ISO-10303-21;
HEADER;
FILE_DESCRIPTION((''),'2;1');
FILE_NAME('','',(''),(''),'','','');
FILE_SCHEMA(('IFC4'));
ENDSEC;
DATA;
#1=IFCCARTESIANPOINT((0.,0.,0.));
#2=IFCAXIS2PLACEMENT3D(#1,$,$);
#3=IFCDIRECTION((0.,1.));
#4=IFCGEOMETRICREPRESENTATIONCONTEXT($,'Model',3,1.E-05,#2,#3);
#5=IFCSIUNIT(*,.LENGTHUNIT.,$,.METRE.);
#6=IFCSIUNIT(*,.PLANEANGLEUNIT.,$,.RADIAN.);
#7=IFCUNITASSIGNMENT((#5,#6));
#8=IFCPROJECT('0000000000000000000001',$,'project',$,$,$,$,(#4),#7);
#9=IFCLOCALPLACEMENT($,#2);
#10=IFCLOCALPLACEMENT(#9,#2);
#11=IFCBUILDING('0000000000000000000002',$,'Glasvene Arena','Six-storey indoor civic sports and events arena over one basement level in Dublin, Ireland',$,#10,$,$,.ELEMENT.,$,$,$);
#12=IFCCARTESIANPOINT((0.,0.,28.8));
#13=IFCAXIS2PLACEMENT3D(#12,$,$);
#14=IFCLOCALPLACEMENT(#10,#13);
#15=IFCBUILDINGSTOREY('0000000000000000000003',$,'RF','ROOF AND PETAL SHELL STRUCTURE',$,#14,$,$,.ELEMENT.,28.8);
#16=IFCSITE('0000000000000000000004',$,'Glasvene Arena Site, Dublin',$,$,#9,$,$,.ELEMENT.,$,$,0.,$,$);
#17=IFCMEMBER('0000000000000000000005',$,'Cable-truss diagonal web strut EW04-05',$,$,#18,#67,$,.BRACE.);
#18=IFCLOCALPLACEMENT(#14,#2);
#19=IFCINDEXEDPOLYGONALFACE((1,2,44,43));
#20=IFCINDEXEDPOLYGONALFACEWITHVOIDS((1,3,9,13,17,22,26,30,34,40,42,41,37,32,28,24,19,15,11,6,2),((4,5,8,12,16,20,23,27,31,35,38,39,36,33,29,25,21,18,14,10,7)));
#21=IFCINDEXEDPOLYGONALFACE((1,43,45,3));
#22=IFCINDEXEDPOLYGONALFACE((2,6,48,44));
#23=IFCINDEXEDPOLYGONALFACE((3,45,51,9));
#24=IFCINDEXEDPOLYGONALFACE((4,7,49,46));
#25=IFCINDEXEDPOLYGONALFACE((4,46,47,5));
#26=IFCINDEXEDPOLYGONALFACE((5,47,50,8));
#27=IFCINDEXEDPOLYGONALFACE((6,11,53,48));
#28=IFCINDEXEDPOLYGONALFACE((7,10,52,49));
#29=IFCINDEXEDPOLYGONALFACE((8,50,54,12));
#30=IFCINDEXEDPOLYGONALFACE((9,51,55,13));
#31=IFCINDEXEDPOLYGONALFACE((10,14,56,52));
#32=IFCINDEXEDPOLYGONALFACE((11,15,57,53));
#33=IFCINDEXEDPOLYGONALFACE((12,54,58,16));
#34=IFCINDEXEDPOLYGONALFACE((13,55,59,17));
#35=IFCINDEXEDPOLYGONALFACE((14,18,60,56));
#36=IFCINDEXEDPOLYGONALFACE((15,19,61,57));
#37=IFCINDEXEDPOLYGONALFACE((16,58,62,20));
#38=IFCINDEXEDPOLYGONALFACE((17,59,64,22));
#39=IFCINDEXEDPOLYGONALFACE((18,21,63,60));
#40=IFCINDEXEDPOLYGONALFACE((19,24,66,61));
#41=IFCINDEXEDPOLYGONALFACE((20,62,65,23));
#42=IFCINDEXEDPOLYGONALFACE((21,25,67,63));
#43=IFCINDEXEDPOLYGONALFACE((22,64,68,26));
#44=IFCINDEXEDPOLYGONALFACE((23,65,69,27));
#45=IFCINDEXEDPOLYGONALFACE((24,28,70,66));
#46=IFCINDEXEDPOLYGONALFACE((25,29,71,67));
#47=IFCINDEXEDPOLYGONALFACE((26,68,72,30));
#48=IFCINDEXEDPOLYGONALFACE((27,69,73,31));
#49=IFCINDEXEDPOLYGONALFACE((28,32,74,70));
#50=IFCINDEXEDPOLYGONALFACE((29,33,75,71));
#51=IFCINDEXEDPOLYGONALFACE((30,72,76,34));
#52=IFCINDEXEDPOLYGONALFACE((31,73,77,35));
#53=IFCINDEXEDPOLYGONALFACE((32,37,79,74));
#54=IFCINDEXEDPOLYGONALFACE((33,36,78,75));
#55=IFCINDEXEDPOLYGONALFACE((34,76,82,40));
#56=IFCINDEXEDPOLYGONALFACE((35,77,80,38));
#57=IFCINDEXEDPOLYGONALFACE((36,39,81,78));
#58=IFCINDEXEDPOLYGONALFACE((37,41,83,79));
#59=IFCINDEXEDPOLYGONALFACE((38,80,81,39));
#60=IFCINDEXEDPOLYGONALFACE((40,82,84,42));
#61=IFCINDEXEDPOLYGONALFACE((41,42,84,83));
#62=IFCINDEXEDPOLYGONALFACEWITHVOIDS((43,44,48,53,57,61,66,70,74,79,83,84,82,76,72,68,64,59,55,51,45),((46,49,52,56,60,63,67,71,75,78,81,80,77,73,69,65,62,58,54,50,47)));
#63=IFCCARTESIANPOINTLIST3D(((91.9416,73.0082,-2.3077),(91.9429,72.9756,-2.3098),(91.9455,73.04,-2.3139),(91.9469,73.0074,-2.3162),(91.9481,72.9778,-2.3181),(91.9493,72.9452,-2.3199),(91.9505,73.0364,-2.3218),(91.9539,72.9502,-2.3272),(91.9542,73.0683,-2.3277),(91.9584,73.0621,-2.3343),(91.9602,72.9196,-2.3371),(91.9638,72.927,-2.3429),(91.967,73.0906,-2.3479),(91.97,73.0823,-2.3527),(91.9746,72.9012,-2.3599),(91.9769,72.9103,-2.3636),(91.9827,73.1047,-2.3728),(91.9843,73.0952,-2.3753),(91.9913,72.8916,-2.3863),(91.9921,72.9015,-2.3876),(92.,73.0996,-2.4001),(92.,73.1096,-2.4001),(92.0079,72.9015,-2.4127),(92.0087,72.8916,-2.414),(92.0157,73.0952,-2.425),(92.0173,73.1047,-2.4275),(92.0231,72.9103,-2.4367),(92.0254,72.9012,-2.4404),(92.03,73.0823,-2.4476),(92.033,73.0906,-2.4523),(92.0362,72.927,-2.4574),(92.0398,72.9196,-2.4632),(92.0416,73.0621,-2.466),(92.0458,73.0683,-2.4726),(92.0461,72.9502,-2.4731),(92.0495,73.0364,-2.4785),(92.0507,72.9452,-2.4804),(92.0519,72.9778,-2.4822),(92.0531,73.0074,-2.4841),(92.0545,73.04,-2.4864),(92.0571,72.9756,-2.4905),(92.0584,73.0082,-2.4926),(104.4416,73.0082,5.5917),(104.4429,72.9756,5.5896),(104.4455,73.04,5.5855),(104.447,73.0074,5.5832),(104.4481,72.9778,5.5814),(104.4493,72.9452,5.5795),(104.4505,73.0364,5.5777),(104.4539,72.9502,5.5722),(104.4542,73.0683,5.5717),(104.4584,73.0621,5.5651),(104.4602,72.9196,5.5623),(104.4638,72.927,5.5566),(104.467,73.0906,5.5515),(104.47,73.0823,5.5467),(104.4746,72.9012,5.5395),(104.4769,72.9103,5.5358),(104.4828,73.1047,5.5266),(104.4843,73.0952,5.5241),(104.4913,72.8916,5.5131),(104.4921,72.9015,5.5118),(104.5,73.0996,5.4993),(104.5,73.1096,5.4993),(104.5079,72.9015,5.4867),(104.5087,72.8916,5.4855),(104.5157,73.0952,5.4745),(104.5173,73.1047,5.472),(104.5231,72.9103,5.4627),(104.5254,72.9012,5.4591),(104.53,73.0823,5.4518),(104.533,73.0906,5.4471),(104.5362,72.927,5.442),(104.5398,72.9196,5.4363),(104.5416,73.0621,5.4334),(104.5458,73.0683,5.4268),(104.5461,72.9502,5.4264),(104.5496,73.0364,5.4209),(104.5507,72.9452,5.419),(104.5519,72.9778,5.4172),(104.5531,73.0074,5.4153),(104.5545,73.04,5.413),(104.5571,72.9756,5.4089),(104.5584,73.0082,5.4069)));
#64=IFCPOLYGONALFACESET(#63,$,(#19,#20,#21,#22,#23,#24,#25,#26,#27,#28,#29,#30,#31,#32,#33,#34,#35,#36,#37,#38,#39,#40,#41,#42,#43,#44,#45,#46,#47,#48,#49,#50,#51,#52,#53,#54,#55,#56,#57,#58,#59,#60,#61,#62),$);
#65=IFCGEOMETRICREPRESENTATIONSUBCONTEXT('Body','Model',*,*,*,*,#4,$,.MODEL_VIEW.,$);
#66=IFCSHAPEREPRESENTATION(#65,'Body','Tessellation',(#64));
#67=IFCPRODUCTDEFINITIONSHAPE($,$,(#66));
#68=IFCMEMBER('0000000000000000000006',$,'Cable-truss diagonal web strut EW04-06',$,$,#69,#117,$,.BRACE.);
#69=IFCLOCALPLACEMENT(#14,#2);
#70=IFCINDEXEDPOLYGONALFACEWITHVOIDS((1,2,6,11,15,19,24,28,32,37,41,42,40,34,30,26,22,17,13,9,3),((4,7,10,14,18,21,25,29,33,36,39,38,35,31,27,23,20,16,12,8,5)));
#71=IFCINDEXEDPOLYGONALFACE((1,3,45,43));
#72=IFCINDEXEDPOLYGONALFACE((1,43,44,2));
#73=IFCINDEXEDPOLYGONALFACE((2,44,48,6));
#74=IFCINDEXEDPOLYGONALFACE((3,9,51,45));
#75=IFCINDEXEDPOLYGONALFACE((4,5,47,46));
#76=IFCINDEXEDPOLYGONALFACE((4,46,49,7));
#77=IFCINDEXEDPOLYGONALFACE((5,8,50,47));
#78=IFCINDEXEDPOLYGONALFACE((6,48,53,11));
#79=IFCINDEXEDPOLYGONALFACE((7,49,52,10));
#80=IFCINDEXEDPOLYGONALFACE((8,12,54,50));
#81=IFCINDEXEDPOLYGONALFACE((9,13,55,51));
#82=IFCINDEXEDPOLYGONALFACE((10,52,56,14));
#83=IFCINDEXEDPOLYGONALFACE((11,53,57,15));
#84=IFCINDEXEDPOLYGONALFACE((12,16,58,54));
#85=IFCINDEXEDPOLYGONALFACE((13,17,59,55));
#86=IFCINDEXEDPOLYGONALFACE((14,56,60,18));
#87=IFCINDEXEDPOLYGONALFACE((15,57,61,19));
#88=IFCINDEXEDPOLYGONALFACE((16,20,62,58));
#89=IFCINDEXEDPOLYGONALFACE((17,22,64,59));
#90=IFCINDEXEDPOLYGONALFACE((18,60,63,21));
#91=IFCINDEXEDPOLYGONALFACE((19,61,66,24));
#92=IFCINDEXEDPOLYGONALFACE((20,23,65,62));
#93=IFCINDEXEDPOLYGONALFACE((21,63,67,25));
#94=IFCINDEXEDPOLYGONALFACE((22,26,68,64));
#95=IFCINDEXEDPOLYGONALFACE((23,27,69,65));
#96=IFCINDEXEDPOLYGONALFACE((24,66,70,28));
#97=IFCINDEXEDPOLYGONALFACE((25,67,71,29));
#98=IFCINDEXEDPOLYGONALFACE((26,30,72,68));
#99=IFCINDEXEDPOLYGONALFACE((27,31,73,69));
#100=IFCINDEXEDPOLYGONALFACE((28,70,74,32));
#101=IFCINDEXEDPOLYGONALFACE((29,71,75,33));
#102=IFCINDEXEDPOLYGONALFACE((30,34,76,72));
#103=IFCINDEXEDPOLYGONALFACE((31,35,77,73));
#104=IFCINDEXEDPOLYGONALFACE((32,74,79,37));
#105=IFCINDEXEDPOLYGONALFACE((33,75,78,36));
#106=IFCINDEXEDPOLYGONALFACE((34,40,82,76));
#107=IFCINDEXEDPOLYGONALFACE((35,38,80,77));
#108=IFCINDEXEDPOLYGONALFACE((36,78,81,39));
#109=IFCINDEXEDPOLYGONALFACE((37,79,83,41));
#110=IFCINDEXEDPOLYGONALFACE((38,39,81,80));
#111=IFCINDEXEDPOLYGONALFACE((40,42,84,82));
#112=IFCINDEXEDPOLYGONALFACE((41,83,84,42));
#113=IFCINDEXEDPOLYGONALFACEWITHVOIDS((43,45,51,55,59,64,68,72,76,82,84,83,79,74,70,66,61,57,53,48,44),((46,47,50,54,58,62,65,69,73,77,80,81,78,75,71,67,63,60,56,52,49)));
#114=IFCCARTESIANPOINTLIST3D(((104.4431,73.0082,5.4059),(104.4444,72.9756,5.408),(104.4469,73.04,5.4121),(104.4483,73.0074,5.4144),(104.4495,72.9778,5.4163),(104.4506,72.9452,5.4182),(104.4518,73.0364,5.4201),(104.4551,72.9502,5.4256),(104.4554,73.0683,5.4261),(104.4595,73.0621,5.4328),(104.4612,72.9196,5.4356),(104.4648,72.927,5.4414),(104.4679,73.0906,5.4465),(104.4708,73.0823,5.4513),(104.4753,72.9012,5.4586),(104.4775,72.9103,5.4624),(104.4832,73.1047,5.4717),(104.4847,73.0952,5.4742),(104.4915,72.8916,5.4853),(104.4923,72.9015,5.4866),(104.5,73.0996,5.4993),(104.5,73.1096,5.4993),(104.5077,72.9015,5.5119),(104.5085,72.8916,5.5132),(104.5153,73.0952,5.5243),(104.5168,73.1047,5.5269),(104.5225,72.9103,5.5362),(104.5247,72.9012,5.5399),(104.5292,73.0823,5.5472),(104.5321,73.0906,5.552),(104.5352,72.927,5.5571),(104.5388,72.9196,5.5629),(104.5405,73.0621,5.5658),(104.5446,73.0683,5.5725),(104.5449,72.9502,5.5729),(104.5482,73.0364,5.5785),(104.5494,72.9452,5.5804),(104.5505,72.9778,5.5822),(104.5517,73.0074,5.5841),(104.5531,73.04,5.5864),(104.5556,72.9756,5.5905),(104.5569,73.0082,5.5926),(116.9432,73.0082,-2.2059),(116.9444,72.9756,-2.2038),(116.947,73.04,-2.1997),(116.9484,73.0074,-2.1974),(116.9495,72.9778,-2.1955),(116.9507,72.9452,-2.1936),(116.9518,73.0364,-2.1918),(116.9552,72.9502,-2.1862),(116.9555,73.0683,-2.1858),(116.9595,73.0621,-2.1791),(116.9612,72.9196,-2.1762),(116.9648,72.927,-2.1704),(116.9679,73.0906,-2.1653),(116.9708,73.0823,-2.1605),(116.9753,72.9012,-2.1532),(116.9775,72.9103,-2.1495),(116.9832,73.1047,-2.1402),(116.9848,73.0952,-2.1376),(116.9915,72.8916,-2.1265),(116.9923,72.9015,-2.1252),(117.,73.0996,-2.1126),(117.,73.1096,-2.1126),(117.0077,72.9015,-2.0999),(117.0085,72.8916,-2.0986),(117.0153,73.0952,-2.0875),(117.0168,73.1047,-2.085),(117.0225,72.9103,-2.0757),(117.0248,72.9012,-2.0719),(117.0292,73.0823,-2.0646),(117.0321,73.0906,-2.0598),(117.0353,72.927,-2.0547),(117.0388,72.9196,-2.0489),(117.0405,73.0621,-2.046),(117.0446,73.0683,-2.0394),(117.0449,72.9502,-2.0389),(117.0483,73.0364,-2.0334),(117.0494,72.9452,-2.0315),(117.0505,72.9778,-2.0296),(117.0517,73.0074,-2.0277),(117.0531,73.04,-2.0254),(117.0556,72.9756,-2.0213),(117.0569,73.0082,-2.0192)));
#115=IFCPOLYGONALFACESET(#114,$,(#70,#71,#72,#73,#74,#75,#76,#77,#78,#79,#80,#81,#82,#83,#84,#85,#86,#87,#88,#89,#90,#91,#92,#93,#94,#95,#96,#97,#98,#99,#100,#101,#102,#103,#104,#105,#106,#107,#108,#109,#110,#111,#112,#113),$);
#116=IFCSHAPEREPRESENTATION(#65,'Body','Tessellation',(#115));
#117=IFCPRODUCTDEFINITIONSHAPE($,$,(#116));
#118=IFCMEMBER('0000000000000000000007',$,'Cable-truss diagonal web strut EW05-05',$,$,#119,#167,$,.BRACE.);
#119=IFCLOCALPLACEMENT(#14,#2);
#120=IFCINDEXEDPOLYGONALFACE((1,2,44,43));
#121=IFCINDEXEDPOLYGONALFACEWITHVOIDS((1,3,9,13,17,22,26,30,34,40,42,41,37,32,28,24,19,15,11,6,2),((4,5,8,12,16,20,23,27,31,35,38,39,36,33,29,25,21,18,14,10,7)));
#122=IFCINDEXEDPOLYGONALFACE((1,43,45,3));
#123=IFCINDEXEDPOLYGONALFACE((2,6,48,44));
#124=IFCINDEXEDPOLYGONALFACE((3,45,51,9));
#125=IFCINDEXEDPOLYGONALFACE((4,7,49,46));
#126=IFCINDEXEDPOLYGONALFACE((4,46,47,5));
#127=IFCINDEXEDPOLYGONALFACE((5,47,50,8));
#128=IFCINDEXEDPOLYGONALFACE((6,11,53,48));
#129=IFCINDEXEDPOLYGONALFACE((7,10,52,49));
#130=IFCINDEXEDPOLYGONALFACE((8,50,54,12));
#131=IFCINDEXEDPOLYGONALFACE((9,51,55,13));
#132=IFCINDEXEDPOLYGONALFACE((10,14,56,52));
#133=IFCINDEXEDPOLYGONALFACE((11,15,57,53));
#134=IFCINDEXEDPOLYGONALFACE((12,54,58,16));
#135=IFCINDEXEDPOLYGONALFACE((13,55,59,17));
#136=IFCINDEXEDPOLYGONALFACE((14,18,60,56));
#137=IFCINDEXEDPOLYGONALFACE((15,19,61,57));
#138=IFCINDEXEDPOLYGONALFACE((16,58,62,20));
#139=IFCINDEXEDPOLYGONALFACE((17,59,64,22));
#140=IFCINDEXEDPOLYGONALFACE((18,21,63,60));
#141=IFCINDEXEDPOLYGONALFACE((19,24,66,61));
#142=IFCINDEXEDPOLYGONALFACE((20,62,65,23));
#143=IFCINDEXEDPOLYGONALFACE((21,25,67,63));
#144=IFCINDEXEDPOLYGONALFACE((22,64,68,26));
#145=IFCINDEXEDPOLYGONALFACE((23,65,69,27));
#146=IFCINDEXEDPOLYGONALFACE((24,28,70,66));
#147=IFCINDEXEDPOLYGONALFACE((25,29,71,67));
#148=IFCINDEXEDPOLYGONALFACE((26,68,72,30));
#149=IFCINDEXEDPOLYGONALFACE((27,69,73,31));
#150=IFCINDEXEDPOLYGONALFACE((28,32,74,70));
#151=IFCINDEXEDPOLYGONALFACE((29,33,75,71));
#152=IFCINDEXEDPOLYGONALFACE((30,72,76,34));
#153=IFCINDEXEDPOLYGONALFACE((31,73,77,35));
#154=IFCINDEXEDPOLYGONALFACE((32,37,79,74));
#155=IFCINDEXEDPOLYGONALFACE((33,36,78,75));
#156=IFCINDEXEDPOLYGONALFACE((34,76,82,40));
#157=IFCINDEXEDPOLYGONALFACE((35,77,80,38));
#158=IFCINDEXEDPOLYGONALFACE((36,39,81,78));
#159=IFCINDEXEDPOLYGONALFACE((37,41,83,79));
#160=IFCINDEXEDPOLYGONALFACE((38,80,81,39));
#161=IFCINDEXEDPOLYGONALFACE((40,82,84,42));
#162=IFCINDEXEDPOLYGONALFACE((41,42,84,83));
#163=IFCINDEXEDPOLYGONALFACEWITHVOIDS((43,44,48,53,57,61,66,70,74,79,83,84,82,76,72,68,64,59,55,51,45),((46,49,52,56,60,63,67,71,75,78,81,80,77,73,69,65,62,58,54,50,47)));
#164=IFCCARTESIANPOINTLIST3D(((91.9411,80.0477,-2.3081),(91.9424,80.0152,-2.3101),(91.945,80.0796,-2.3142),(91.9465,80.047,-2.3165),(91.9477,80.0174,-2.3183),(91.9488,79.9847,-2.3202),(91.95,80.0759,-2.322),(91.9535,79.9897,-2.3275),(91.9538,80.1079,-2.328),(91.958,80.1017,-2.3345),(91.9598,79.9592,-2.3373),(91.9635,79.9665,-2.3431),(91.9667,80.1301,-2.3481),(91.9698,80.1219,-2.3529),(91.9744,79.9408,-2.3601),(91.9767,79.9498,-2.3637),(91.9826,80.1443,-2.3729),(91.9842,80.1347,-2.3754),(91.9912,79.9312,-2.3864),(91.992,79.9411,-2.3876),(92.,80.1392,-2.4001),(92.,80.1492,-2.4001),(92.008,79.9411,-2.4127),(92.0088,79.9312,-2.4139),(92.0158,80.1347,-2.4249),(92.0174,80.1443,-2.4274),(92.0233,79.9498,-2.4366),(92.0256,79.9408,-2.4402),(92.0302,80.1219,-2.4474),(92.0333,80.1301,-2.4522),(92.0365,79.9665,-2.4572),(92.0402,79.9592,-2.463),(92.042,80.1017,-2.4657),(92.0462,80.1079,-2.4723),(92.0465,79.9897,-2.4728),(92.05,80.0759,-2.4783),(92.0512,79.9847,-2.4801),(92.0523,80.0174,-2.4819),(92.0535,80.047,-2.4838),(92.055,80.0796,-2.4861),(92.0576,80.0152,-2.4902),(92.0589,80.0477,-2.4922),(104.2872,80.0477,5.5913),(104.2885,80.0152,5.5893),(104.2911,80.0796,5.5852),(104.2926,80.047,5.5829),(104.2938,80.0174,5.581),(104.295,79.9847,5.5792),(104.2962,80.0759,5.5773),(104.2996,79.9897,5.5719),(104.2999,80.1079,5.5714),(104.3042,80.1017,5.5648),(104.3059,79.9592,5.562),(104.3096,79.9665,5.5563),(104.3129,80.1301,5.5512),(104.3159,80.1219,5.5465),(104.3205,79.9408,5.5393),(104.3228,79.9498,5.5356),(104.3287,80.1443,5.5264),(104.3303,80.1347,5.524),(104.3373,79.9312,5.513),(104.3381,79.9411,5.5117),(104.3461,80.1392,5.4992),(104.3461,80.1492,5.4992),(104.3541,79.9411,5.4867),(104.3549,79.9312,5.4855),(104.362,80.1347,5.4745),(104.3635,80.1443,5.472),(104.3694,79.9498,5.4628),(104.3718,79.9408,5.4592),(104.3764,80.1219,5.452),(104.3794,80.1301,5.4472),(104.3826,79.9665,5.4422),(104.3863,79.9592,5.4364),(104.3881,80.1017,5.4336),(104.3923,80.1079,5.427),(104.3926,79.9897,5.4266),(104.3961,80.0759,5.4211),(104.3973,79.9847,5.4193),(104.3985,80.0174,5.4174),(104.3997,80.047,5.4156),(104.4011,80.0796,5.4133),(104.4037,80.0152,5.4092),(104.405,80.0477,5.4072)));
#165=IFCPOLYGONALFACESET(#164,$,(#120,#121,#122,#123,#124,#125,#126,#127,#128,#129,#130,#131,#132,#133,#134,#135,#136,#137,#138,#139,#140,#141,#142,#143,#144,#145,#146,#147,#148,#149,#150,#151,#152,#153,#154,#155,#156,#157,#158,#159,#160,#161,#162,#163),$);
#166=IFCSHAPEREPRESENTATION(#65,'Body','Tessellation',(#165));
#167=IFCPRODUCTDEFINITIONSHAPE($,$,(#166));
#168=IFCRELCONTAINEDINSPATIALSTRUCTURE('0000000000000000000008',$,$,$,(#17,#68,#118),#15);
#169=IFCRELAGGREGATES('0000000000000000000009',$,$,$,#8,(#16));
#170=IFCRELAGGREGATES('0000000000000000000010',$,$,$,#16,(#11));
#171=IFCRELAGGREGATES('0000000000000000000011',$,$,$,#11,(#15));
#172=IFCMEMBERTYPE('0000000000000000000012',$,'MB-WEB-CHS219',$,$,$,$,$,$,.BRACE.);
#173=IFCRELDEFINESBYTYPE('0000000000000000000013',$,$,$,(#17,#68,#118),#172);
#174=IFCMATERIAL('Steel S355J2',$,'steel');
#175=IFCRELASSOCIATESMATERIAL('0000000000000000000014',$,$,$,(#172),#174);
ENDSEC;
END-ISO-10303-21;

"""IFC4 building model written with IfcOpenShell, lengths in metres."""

from ifc_helpers import new_model, si_unit, direction, frame, origin, origin_2d, place, context, subcontext, project, spatial, hollow_circle, extrude, material, material_profile, profile_set, type_object, element, save


model = new_model("IFC4")

# Units and contexts
model_context = context("Model", 3, precision=1e-05, world=origin(), true_north=direction((0.0, 1.0)))
body_context = subcontext(model_context, "Body", "Model", "MODEL_VIEW")
ifc_project = project(units=[si_unit("LENGTHUNIT", "METRE"), si_unit("PLANEANGLEUNIT", "RADIAN")], contexts=[model_context])

# Site, building, storey
site_placement = place(None, origin())
site = spatial("IfcSite", under=ifc_project, at=site_placement, Name="Glasvene Arena Site, Dublin", CompositionType="ELEMENT", RefElevation=0.0)
building_placement = place(site_placement, origin())
building = spatial("IfcBuilding", under=site, at=building_placement, Name="Glasvene Arena", Description="Six-storey indoor civic sports and events arena over one basement level in Dublin, Ireland", CompositionType="ELEMENT")
storey_placement = place(building_placement, frame((0.0, 0.0, 28.8)))
storey = spatial("IfcBuildingStorey", under=building, at=storey_placement, Name="RF", Description="ROOF AND PETAL SHELL STRUCTURE", CompositionType="ELEMENT", Elevation=28.8)

# Members
ifc_material_1 = material(Name="Steel S355J2", Category="steel")
ifc_material_profile_1 = material_profile(ifc_material_1, hollow_circle(Radius=0.1096, WallThickness=0.01, at=origin_2d()), Name="CHS 219.1x10.0")
ifc_profile_set_1 = profile_set([ifc_material_profile_1], Name="Steel S355J2")
member_type_1 = type_object("IfcMemberType", Name="MB-WEB-CHS219", PredefinedType="BRACE", material=ifc_profile_set_1)
member_1_placement = place(storey_placement, frame((92.0, 73.0, -2.4001), z_axis=(0.845346, 0.0, 0.534219), x_axis=(0.0, 1.0, 0.0)))
element("IfcMember", 1, at=member_1_placement, inside=storey, type_object=member_type_1, Name="Cable-truss diagonal web strut EW04-05", PredefinedType="BRACE", context=body_context, shape_type="SweptSolid", body=[
    extrude(hollow_circle(Radius=0.1096, WallThickness=0.01, at=origin_2d()), origin(), (0.0, 0.0, 1.0), 14.7869),
])
member_2_placement = place(storey_placement, frame((104.5, 73.0, 5.4993), z_axis=(0.854104, 0.0, -0.520103), x_axis=(0.0, 1.0, 0.0)))
element("IfcMember", 2, at=member_2_placement, inside=storey, type_object=member_type_1, Name="Cable-truss diagonal web strut EW04-06", PredefinedType="BRACE", context=body_context, shape_type="SweptSolid", body=[
    extrude(hollow_circle(Radius=0.1096, WallThickness=0.01, at=origin_2d()), origin(), (0.0, 0.0, 1.0), 14.6353),
])
member_3_placement = place(storey_placement, frame((92.0, 80.0396, -2.4001), z_axis=(0.842338, 0.0, 0.53895), x_axis=(0.0, 1.0, 0.0)))
element("IfcMember", 3, at=member_3_placement, inside=storey, type_object=member_type_1, Name="Cable-truss diagonal web strut EW05-05", PredefinedType="BRACE", context=body_context, shape_type="SweptSolid", body=[
    extrude(hollow_circle(Radius=0.1096, WallThickness=0.01, at=origin_2d()), origin(), (0.0, 0.0, 1.0), 14.657),
])

save(model, "model.ifc")
